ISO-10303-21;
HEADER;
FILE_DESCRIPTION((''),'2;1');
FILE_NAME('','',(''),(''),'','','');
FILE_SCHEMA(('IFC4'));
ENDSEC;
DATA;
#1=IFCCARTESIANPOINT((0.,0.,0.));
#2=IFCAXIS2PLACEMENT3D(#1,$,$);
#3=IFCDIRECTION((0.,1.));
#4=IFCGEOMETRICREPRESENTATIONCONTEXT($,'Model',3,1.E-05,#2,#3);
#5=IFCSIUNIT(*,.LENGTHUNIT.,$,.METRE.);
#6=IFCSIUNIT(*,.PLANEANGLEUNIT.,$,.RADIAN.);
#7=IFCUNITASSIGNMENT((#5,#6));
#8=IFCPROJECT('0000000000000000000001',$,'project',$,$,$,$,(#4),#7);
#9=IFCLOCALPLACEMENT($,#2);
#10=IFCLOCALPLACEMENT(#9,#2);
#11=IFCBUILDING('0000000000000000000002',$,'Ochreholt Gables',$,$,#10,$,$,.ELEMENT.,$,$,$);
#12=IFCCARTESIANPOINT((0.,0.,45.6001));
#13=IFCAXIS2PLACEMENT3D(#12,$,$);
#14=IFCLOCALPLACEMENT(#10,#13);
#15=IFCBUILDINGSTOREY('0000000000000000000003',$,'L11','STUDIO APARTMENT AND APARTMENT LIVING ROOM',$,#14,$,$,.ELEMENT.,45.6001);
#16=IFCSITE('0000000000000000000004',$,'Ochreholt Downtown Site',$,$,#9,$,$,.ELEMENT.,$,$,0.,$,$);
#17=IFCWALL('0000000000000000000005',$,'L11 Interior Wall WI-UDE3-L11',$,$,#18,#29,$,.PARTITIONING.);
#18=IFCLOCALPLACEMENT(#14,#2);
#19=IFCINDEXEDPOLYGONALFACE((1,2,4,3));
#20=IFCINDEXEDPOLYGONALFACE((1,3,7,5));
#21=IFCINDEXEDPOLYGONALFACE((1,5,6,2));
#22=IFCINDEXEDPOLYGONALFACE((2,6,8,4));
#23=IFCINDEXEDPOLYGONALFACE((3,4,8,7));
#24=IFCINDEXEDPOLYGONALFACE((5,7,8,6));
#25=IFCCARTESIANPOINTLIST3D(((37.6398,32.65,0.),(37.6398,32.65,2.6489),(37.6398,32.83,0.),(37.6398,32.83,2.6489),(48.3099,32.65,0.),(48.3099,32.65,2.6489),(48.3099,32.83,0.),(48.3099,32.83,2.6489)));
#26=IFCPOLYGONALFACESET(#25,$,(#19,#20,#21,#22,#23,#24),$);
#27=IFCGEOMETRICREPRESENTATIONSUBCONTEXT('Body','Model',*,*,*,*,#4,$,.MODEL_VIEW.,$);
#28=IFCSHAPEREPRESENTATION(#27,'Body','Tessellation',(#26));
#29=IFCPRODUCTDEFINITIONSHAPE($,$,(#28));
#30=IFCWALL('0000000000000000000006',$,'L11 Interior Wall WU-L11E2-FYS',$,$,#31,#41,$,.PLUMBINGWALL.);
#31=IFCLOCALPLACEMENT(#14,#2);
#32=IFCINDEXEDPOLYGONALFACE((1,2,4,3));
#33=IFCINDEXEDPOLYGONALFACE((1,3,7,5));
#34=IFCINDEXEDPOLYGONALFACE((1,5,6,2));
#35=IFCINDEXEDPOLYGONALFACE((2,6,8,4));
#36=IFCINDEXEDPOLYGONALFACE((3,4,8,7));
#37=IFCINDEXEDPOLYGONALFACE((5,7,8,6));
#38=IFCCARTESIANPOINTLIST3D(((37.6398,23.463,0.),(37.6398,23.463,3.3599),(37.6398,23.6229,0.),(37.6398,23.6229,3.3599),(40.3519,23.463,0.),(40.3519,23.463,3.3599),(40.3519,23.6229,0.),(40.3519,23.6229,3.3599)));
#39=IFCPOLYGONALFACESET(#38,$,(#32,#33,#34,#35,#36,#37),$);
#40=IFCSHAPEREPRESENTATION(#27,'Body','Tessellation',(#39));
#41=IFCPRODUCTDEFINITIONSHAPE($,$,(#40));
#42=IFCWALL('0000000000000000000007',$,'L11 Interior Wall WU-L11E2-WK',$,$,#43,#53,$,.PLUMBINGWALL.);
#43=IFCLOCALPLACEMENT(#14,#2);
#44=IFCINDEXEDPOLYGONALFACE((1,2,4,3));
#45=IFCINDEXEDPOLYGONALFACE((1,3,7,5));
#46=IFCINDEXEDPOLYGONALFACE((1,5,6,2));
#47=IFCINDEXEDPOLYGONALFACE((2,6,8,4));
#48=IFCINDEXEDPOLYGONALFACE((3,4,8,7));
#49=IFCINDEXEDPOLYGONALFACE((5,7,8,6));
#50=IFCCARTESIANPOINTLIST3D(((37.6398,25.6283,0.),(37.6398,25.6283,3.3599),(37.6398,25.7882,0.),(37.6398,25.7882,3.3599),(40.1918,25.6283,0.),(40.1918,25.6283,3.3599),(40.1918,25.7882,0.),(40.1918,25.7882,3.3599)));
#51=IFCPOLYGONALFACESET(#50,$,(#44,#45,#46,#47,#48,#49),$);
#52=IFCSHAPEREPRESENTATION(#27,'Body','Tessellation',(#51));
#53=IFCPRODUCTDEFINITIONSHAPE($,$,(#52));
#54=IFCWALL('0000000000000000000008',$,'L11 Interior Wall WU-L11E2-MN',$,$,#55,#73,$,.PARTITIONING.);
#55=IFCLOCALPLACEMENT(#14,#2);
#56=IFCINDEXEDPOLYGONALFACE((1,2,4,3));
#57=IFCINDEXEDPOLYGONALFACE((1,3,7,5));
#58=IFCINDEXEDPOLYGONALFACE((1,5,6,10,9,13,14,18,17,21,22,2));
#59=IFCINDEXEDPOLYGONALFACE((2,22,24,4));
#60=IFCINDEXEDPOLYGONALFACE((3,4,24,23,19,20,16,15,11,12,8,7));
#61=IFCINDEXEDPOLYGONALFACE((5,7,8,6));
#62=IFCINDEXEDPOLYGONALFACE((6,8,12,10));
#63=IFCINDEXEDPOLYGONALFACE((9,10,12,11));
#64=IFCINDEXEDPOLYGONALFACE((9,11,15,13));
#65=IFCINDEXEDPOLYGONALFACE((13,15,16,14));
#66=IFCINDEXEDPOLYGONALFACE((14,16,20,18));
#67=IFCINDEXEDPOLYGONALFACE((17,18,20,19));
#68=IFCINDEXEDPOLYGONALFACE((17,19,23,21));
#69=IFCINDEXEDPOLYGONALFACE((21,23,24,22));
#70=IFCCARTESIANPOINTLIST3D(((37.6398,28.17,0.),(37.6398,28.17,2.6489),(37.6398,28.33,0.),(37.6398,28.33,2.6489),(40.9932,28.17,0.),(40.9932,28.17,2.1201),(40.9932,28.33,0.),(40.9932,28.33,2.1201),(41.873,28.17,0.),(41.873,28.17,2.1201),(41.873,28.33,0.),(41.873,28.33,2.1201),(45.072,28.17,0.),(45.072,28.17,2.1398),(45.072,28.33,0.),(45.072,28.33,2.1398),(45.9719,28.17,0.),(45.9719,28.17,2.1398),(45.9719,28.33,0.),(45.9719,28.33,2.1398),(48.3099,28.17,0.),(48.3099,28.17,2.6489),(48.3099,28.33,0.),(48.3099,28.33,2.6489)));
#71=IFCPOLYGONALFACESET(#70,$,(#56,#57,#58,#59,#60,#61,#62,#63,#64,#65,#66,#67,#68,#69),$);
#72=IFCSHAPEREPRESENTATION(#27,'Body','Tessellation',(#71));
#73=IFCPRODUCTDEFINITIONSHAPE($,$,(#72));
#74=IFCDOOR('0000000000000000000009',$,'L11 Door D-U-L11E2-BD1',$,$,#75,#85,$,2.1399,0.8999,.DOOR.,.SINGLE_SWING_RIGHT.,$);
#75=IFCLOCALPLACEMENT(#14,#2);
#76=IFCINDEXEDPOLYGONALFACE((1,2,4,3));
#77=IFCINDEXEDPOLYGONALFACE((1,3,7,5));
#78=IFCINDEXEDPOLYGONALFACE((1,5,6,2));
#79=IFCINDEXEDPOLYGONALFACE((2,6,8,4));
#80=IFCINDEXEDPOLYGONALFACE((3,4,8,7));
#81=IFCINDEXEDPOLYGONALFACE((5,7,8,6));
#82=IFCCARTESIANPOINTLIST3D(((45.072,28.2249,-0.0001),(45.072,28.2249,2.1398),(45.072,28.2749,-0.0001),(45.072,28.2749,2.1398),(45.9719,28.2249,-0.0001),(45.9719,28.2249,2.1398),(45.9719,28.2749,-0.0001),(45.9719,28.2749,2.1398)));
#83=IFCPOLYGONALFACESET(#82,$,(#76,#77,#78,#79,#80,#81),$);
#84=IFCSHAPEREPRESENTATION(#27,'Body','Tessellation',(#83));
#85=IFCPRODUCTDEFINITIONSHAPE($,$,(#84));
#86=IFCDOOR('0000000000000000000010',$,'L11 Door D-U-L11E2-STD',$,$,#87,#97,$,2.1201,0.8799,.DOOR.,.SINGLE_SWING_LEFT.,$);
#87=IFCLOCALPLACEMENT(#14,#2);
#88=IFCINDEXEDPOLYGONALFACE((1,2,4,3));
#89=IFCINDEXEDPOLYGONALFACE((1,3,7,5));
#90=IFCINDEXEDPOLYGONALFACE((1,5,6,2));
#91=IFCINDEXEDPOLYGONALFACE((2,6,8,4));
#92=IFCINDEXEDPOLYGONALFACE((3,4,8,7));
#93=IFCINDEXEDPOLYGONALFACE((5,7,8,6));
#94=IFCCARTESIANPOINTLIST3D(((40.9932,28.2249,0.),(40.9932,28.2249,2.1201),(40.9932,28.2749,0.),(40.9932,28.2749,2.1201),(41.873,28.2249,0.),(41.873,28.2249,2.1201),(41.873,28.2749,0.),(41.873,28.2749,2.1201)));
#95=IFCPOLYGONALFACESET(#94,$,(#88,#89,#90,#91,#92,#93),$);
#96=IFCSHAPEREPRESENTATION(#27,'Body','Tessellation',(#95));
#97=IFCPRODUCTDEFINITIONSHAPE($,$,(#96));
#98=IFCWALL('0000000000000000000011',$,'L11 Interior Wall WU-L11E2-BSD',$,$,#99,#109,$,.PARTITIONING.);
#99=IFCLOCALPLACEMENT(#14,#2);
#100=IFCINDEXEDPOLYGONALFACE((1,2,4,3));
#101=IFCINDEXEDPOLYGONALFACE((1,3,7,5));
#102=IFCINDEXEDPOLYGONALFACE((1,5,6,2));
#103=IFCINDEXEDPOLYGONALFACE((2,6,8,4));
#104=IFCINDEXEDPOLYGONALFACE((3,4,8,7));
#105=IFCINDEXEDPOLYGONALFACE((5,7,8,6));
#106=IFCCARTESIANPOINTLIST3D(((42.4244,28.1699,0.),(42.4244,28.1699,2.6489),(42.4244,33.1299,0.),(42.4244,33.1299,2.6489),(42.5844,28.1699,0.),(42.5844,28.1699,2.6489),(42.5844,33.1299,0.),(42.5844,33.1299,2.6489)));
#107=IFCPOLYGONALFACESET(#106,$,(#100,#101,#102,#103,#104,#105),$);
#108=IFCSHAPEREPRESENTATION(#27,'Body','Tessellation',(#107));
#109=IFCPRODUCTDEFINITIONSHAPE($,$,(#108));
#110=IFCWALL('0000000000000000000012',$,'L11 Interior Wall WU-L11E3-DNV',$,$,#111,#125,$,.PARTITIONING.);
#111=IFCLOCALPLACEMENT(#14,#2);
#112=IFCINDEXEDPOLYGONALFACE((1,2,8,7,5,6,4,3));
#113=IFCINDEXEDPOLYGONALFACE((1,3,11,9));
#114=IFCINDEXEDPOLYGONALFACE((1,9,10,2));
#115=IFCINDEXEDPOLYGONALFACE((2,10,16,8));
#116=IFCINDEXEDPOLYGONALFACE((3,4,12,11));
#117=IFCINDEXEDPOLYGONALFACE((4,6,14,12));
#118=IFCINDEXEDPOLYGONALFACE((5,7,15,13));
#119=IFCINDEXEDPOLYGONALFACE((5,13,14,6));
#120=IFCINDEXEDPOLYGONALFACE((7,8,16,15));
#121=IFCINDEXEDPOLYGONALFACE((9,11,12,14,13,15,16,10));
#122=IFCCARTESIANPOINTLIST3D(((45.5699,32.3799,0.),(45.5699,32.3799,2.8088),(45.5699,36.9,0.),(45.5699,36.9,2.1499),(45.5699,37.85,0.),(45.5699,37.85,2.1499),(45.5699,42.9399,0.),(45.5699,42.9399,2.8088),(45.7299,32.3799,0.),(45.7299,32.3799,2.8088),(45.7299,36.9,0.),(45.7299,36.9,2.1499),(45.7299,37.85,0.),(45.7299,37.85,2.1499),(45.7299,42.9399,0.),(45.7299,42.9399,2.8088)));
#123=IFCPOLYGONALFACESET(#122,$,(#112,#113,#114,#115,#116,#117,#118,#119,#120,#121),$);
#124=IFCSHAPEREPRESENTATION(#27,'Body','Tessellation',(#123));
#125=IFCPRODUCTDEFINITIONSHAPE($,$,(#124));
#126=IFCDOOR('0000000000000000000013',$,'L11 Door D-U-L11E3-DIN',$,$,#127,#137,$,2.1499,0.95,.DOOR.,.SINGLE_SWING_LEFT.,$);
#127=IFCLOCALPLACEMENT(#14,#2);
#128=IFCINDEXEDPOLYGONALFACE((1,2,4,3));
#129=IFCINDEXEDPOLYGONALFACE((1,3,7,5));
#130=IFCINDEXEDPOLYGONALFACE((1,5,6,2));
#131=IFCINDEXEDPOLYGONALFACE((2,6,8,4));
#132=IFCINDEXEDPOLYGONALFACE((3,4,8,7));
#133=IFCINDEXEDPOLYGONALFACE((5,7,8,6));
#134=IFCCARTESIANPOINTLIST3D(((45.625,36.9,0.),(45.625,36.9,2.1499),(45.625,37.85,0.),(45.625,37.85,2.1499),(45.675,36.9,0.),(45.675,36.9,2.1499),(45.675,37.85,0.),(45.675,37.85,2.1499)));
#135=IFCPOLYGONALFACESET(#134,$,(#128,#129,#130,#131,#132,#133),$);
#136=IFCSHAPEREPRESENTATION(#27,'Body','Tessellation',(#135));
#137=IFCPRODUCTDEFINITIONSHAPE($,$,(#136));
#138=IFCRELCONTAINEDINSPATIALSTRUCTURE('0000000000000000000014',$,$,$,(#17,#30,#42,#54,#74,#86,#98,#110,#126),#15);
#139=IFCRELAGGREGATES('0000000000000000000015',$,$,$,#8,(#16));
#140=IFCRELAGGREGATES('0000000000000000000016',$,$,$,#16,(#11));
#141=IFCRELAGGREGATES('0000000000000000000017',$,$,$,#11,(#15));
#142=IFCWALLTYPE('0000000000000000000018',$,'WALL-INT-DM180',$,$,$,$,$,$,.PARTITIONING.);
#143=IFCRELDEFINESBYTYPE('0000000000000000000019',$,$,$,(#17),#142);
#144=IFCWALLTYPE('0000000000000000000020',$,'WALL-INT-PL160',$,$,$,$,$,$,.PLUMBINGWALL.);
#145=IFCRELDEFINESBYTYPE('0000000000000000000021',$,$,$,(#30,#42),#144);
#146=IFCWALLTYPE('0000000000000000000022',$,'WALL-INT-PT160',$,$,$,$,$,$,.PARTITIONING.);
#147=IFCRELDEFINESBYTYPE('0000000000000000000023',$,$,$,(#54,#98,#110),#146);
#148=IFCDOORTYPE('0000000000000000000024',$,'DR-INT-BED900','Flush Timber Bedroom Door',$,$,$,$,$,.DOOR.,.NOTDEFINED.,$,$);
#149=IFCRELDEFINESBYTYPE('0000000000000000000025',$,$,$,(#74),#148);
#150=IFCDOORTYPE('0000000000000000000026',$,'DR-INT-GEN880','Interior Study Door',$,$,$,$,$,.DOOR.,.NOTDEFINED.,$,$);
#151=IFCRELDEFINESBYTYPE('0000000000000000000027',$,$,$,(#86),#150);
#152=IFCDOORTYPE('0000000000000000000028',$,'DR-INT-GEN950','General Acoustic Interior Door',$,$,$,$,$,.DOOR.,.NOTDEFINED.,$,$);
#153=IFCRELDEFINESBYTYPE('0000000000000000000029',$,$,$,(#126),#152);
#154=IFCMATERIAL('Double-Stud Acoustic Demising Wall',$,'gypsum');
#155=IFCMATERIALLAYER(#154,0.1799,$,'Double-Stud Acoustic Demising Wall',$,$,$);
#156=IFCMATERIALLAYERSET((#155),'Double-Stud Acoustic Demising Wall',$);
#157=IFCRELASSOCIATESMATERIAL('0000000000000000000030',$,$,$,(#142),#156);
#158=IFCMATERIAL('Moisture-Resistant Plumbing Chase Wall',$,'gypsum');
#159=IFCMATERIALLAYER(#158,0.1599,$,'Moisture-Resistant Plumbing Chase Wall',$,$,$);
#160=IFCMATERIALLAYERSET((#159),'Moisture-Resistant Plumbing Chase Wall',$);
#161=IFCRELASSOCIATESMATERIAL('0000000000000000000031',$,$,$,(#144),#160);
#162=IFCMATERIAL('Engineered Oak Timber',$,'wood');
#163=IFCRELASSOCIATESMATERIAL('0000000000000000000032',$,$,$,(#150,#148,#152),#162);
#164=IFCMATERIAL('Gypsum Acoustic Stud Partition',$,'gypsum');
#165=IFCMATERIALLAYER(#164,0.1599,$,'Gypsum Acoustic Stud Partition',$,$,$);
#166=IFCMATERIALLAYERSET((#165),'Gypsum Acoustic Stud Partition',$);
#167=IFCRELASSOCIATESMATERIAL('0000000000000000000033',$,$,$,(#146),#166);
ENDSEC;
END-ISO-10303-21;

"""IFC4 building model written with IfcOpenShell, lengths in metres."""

from ifc_helpers import new_model, si_unit, direction, frame, frame_2d, origin, place, context, subcontext, project, spatial, rectangle, extrude, material, layer, layer_set, type_object, element, fill, save


model = new_model("IFC4")

# Units and contexts
model_context = context("Model", 3, precision=1e-05, world=origin(), true_north=direction((0.0, 1.0)))
body_context = subcontext(model_context, "Body", "Model", "MODEL_VIEW")
ifc_project = project(units=[si_unit("LENGTHUNIT", "METRE"), si_unit("PLANEANGLEUNIT", "RADIAN")], contexts=[model_context])

# Site, building, storey
site_placement = place(None, origin())
site = spatial("IfcSite", under=ifc_project, at=site_placement, Name="Ochreholt Downtown Site", CompositionType="ELEMENT", RefElevation=0.0)
building_placement = place(site_placement, origin())
building = spatial("IfcBuilding", under=site, at=building_placement, Name="Ochreholt Gables", CompositionType="ELEMENT")
storey_placement = place(building_placement, frame((0.0, 0.0, 45.6001)))
storey = spatial("IfcBuildingStorey", under=building, at=storey_placement, Name="L11", Description="STUDIO APARTMENT AND APARTMENT LIVING ROOM", CompositionType="ELEMENT", Elevation=45.6001)

# Walls
ifc_material_1 = material(Name="Double-Stud Acoustic Demising Wall", Category="gypsum")
ifc_layer_1 = layer(ifc_material_1, 0.1799, Name="Double-Stud Acoustic Demising Wall")
ifc_layer_set_1 = layer_set([ifc_layer_1], Name="Double-Stud Acoustic Demising Wall")
wall_type_1 = type_object("IfcWallType", Name="WALL-INT-DM180", PredefinedType="PARTITIONING", material=ifc_layer_set_1)
wall_1_placement = place(storey_placement, frame((37.6399, 32.74, 0.0), z_axis=(0.0, 0.0, 1.0), x_axis=(1.0, 0.0, 0.0)))
element("IfcWall", 1, at=wall_1_placement, inside=storey, type_object=wall_type_1, Name="L11 Interior Wall WI-UDE3-L11", PredefinedType="PARTITIONING", context=body_context, shape_type="SweptSolid", body=[
    extrude(rectangle(XDim=10.6702, YDim=0.1799, at=frame_2d((5.335, 0.0))), origin(), (0.0, 0.0, 1.0), 2.6489),
])
ifc_material_2 = material(Name="Moisture-Resistant Plumbing Chase Wall", Category="gypsum")
ifc_layer_2 = layer(ifc_material_2, 0.1599, Name="Moisture-Resistant Plumbing Chase Wall")
ifc_layer_set_2 = layer_set([ifc_layer_2], Name="Moisture-Resistant Plumbing Chase Wall")
wall_type_2 = type_object("IfcWallType", Name="WALL-INT-PL160", PredefinedType="PLUMBINGWALL", material=ifc_layer_set_2)
wall_2_placement = place(storey_placement, frame((37.6399, 23.543, 0.0), z_axis=(0.0, 0.0, 1.0), x_axis=(1.0, 0.0, 0.0)))
element("IfcWall", 2, at=wall_2_placement, inside=storey, type_object=wall_type_2, Name="L11 Interior Wall WU-L11E2-FYS", PredefinedType="PLUMBINGWALL", context=body_context, shape_type="SweptSolid", body=[
    extrude(rectangle(XDim=2.7122, YDim=0.1599, at=frame_2d((1.356, 0.0))), origin(), (0.0, 0.0, 1.0), 3.3599),
])

# Shared definitions
ifc_material_3 = material(Name="Engineered Oak Timber", Category="wood")
door_type_1 = type_object("IfcDoorType", Name="DR-INT-GEN880", Description="Interior Study Door", OperationType="NOTDEFINED", PredefinedType="DOOR", material=ifc_material_3)

# Wall
wall_3_placement = place(storey_placement, frame((37.6399, 25.7083, 0.0), z_axis=(0.0, 0.0, 1.0), x_axis=(1.0, 0.0, 0.0)))
element("IfcWall", 3, at=wall_3_placement, inside=storey, type_object=wall_type_2, Name="L11 Interior Wall WU-L11E2-WK", PredefinedType="PLUMBINGWALL", context=body_context, shape_type="SweptSolid", body=[
    extrude(rectangle(XDim=2.552, YDim=0.1599, at=frame_2d((1.2759, 0.0))), origin(), (0.0, 0.0, 1.0), 3.3599),
])

# Wall, openings, doors
ifc_material_4 = material(Name="Gypsum Acoustic Stud Partition", Category="gypsum")
ifc_layer_3 = layer(ifc_material_4, 0.1599, Name="Gypsum Acoustic Stud Partition")
ifc_layer_set_3 = layer_set([ifc_layer_3], Name="Gypsum Acoustic Stud Partition")
wall_type_3 = type_object("IfcWallType", Name="WALL-INT-PT160", PredefinedType="PARTITIONING", material=ifc_layer_set_3)
wall_4_placement = place(storey_placement, frame((37.6399, 28.25, 0.0), z_axis=(0.0, 0.0, 1.0), x_axis=(1.0, 0.0, 0.0)))
wall_4 = element("IfcWall", 4, at=wall_4_placement, inside=storey, type_object=wall_type_3, Name="L11 Interior Wall WU-L11E2-MN", PredefinedType="PARTITIONING", context=body_context, shape_type="SweptSolid", body=[
    extrude(rectangle(XDim=10.6702, YDim=0.1599, at=frame_2d((5.335, 0.0))), origin(), (0.0, 0.0, 1.0), 2.6489),
])
opening_1_placement = place(wall_4_placement, frame((3.3533, 0.0, 0.0)))
opening_1 = element("IfcOpeningElement", 5, at=opening_1_placement, cuts=wall_4, PredefinedType="OPENING", context=body_context, shape_type="SweptSolid", body=[
    extrude(rectangle(XDim=0.8799, YDim=2.1201, at=frame_2d((0.4399, 1.0601))), frame((0.0, 0.0898, 0.0), z_axis=(0.0, -1.0, 0.0), x_axis=(1.0, 0.0, 0.0)), (0.0, 0.0, 1.0), 0.1799),
])
opening_2_placement = place(wall_4_placement, frame((7.4321, 0.0, 0.0)))
opening_2 = element("IfcOpeningElement", 6, at=opening_2_placement, cuts=wall_4, PredefinedType="OPENING", context=body_context, shape_type="SweptSolid", body=[
    extrude(rectangle(XDim=0.8999, YDim=2.1399, at=frame_2d((0.45, 1.0698))), frame((0.0, 0.0898, 0.0), z_axis=(0.0, -1.0, 0.0), x_axis=(1.0, 0.0, 0.0)), (0.0, 0.0, 1.0), 0.1799),
])
door_type_2 = type_object("IfcDoorType", Name="DR-INT-BED900", Description="Flush Timber Bedroom Door", OperationType="NOTDEFINED", PredefinedType="DOOR", material=ifc_material_3)
door_1_placement = place(opening_2_placement, origin())
door_1 = element("IfcDoor", 7, at=door_1_placement, inside=storey, type_object=door_type_2, Name="L11 Door D-U-L11E2-BD1", OperationType="SINGLE_SWING_RIGHT", OverallHeight=2.1399, OverallWidth=0.8999, PredefinedType="DOOR", context=body_context, shape_type="SweptSolid", body=[
    extrude(rectangle(XDim=0.8999, YDim=2.1399, at=frame_2d((0.45, 1.0698))), frame((0.0, 0.0249, 0.0), z_axis=(0.0, -1.0, 0.0), x_axis=(1.0, 0.0, 0.0)), (0.0, 0.0, 1.0), 0.05),
])
fill(opening_2, door_1)
door_2_placement = place(opening_1_placement, origin())
door_2 = element("IfcDoor", 8, at=door_2_placement, inside=storey, type_object=door_type_1, Name="L11 Door D-U-L11E2-STD", OperationType="SINGLE_SWING_LEFT", OverallHeight=2.1201, OverallWidth=0.8799, PredefinedType="DOOR", context=body_context, shape_type="SweptSolid", body=[
    extrude(rectangle(XDim=0.8799, YDim=2.1201, at=frame_2d((0.4399, 1.0601))), frame((0.0, 0.0249, 0.0), z_axis=(0.0, -1.0, 0.0), x_axis=(1.0, 0.0, 0.0)), (0.0, 0.0, 1.0), 0.05),
])
fill(opening_1, door_2)

# Wall
wall_5_placement = place(storey_placement, frame((42.5044, 28.1699, 0.0), z_axis=(0.0, 0.0, 1.0), x_axis=(0.0, 1.0, 0.0)))
element("IfcWall", 9, at=wall_5_placement, inside=storey, type_object=wall_type_3, Name="L11 Interior Wall WU-L11E2-BSD", PredefinedType="PARTITIONING", context=body_context, shape_type="SweptSolid", body=[
    extrude(rectangle(XDim=4.96, YDim=0.1599, at=frame_2d((2.48, 0.0))), origin(), (0.0, 0.0, 1.0), 2.6489),
])

# Wall, opening, door
wall_6_placement = place(storey_placement, frame((45.6499, 32.3799, 0.0), z_axis=(0.0, 0.0, 1.0), x_axis=(0.0, 1.0, 0.0)))
wall_6 = element("IfcWall", 10, at=wall_6_placement, inside=storey, type_object=wall_type_3, Name="L11 Interior Wall WU-L11E3-DNV", PredefinedType="PARTITIONING", context=body_context, shape_type="SweptSolid", body=[
    extrude(rectangle(XDim=10.5601, YDim=0.1599, at=frame_2d((5.28, 0.0))), origin(), (0.0, 0.0, 1.0), 2.8088),
])
opening_3_placement = place(wall_6_placement, frame((4.52, 0.0, 0.0)))
opening_3 = element("IfcOpeningElement", 11, at=opening_3_placement, cuts=wall_6, PredefinedType="OPENING", context=body_context, shape_type="SweptSolid", body=[
    extrude(rectangle(XDim=0.95, YDim=2.1499, at=frame_2d((0.4751, 1.075))), frame((0.0, 0.0898, 0.0), z_axis=(0.0, -1.0, 0.0), x_axis=(1.0, 0.0, 0.0)), (0.0, 0.0, 1.0), 0.1799),
])
door_type_3 = type_object("IfcDoorType", Name="DR-INT-GEN950", Description="General Acoustic Interior Door", OperationType="NOTDEFINED", PredefinedType="DOOR", material=ifc_material_3)
door_3_placement = place(opening_3_placement, origin())
door_3 = element("IfcDoor", 12, at=door_3_placement, inside=storey, type_object=door_type_3, Name="L11 Door D-U-L11E3-DIN", OperationType="SINGLE_SWING_LEFT", OverallHeight=2.1499, OverallWidth=0.95, PredefinedType="DOOR", context=body_context, shape_type="SweptSolid", body=[
    extrude(rectangle(XDim=0.95, YDim=2.1499, at=frame_2d((0.4751, 1.075))), frame((0.0, 0.0249, 0.0), z_axis=(0.0, -1.0, 0.0), x_axis=(1.0, 0.0, 0.0)), (0.0, 0.0, 1.0), 0.05),
])
fill(opening_3, door_3)

save(model, "model.ifc")
